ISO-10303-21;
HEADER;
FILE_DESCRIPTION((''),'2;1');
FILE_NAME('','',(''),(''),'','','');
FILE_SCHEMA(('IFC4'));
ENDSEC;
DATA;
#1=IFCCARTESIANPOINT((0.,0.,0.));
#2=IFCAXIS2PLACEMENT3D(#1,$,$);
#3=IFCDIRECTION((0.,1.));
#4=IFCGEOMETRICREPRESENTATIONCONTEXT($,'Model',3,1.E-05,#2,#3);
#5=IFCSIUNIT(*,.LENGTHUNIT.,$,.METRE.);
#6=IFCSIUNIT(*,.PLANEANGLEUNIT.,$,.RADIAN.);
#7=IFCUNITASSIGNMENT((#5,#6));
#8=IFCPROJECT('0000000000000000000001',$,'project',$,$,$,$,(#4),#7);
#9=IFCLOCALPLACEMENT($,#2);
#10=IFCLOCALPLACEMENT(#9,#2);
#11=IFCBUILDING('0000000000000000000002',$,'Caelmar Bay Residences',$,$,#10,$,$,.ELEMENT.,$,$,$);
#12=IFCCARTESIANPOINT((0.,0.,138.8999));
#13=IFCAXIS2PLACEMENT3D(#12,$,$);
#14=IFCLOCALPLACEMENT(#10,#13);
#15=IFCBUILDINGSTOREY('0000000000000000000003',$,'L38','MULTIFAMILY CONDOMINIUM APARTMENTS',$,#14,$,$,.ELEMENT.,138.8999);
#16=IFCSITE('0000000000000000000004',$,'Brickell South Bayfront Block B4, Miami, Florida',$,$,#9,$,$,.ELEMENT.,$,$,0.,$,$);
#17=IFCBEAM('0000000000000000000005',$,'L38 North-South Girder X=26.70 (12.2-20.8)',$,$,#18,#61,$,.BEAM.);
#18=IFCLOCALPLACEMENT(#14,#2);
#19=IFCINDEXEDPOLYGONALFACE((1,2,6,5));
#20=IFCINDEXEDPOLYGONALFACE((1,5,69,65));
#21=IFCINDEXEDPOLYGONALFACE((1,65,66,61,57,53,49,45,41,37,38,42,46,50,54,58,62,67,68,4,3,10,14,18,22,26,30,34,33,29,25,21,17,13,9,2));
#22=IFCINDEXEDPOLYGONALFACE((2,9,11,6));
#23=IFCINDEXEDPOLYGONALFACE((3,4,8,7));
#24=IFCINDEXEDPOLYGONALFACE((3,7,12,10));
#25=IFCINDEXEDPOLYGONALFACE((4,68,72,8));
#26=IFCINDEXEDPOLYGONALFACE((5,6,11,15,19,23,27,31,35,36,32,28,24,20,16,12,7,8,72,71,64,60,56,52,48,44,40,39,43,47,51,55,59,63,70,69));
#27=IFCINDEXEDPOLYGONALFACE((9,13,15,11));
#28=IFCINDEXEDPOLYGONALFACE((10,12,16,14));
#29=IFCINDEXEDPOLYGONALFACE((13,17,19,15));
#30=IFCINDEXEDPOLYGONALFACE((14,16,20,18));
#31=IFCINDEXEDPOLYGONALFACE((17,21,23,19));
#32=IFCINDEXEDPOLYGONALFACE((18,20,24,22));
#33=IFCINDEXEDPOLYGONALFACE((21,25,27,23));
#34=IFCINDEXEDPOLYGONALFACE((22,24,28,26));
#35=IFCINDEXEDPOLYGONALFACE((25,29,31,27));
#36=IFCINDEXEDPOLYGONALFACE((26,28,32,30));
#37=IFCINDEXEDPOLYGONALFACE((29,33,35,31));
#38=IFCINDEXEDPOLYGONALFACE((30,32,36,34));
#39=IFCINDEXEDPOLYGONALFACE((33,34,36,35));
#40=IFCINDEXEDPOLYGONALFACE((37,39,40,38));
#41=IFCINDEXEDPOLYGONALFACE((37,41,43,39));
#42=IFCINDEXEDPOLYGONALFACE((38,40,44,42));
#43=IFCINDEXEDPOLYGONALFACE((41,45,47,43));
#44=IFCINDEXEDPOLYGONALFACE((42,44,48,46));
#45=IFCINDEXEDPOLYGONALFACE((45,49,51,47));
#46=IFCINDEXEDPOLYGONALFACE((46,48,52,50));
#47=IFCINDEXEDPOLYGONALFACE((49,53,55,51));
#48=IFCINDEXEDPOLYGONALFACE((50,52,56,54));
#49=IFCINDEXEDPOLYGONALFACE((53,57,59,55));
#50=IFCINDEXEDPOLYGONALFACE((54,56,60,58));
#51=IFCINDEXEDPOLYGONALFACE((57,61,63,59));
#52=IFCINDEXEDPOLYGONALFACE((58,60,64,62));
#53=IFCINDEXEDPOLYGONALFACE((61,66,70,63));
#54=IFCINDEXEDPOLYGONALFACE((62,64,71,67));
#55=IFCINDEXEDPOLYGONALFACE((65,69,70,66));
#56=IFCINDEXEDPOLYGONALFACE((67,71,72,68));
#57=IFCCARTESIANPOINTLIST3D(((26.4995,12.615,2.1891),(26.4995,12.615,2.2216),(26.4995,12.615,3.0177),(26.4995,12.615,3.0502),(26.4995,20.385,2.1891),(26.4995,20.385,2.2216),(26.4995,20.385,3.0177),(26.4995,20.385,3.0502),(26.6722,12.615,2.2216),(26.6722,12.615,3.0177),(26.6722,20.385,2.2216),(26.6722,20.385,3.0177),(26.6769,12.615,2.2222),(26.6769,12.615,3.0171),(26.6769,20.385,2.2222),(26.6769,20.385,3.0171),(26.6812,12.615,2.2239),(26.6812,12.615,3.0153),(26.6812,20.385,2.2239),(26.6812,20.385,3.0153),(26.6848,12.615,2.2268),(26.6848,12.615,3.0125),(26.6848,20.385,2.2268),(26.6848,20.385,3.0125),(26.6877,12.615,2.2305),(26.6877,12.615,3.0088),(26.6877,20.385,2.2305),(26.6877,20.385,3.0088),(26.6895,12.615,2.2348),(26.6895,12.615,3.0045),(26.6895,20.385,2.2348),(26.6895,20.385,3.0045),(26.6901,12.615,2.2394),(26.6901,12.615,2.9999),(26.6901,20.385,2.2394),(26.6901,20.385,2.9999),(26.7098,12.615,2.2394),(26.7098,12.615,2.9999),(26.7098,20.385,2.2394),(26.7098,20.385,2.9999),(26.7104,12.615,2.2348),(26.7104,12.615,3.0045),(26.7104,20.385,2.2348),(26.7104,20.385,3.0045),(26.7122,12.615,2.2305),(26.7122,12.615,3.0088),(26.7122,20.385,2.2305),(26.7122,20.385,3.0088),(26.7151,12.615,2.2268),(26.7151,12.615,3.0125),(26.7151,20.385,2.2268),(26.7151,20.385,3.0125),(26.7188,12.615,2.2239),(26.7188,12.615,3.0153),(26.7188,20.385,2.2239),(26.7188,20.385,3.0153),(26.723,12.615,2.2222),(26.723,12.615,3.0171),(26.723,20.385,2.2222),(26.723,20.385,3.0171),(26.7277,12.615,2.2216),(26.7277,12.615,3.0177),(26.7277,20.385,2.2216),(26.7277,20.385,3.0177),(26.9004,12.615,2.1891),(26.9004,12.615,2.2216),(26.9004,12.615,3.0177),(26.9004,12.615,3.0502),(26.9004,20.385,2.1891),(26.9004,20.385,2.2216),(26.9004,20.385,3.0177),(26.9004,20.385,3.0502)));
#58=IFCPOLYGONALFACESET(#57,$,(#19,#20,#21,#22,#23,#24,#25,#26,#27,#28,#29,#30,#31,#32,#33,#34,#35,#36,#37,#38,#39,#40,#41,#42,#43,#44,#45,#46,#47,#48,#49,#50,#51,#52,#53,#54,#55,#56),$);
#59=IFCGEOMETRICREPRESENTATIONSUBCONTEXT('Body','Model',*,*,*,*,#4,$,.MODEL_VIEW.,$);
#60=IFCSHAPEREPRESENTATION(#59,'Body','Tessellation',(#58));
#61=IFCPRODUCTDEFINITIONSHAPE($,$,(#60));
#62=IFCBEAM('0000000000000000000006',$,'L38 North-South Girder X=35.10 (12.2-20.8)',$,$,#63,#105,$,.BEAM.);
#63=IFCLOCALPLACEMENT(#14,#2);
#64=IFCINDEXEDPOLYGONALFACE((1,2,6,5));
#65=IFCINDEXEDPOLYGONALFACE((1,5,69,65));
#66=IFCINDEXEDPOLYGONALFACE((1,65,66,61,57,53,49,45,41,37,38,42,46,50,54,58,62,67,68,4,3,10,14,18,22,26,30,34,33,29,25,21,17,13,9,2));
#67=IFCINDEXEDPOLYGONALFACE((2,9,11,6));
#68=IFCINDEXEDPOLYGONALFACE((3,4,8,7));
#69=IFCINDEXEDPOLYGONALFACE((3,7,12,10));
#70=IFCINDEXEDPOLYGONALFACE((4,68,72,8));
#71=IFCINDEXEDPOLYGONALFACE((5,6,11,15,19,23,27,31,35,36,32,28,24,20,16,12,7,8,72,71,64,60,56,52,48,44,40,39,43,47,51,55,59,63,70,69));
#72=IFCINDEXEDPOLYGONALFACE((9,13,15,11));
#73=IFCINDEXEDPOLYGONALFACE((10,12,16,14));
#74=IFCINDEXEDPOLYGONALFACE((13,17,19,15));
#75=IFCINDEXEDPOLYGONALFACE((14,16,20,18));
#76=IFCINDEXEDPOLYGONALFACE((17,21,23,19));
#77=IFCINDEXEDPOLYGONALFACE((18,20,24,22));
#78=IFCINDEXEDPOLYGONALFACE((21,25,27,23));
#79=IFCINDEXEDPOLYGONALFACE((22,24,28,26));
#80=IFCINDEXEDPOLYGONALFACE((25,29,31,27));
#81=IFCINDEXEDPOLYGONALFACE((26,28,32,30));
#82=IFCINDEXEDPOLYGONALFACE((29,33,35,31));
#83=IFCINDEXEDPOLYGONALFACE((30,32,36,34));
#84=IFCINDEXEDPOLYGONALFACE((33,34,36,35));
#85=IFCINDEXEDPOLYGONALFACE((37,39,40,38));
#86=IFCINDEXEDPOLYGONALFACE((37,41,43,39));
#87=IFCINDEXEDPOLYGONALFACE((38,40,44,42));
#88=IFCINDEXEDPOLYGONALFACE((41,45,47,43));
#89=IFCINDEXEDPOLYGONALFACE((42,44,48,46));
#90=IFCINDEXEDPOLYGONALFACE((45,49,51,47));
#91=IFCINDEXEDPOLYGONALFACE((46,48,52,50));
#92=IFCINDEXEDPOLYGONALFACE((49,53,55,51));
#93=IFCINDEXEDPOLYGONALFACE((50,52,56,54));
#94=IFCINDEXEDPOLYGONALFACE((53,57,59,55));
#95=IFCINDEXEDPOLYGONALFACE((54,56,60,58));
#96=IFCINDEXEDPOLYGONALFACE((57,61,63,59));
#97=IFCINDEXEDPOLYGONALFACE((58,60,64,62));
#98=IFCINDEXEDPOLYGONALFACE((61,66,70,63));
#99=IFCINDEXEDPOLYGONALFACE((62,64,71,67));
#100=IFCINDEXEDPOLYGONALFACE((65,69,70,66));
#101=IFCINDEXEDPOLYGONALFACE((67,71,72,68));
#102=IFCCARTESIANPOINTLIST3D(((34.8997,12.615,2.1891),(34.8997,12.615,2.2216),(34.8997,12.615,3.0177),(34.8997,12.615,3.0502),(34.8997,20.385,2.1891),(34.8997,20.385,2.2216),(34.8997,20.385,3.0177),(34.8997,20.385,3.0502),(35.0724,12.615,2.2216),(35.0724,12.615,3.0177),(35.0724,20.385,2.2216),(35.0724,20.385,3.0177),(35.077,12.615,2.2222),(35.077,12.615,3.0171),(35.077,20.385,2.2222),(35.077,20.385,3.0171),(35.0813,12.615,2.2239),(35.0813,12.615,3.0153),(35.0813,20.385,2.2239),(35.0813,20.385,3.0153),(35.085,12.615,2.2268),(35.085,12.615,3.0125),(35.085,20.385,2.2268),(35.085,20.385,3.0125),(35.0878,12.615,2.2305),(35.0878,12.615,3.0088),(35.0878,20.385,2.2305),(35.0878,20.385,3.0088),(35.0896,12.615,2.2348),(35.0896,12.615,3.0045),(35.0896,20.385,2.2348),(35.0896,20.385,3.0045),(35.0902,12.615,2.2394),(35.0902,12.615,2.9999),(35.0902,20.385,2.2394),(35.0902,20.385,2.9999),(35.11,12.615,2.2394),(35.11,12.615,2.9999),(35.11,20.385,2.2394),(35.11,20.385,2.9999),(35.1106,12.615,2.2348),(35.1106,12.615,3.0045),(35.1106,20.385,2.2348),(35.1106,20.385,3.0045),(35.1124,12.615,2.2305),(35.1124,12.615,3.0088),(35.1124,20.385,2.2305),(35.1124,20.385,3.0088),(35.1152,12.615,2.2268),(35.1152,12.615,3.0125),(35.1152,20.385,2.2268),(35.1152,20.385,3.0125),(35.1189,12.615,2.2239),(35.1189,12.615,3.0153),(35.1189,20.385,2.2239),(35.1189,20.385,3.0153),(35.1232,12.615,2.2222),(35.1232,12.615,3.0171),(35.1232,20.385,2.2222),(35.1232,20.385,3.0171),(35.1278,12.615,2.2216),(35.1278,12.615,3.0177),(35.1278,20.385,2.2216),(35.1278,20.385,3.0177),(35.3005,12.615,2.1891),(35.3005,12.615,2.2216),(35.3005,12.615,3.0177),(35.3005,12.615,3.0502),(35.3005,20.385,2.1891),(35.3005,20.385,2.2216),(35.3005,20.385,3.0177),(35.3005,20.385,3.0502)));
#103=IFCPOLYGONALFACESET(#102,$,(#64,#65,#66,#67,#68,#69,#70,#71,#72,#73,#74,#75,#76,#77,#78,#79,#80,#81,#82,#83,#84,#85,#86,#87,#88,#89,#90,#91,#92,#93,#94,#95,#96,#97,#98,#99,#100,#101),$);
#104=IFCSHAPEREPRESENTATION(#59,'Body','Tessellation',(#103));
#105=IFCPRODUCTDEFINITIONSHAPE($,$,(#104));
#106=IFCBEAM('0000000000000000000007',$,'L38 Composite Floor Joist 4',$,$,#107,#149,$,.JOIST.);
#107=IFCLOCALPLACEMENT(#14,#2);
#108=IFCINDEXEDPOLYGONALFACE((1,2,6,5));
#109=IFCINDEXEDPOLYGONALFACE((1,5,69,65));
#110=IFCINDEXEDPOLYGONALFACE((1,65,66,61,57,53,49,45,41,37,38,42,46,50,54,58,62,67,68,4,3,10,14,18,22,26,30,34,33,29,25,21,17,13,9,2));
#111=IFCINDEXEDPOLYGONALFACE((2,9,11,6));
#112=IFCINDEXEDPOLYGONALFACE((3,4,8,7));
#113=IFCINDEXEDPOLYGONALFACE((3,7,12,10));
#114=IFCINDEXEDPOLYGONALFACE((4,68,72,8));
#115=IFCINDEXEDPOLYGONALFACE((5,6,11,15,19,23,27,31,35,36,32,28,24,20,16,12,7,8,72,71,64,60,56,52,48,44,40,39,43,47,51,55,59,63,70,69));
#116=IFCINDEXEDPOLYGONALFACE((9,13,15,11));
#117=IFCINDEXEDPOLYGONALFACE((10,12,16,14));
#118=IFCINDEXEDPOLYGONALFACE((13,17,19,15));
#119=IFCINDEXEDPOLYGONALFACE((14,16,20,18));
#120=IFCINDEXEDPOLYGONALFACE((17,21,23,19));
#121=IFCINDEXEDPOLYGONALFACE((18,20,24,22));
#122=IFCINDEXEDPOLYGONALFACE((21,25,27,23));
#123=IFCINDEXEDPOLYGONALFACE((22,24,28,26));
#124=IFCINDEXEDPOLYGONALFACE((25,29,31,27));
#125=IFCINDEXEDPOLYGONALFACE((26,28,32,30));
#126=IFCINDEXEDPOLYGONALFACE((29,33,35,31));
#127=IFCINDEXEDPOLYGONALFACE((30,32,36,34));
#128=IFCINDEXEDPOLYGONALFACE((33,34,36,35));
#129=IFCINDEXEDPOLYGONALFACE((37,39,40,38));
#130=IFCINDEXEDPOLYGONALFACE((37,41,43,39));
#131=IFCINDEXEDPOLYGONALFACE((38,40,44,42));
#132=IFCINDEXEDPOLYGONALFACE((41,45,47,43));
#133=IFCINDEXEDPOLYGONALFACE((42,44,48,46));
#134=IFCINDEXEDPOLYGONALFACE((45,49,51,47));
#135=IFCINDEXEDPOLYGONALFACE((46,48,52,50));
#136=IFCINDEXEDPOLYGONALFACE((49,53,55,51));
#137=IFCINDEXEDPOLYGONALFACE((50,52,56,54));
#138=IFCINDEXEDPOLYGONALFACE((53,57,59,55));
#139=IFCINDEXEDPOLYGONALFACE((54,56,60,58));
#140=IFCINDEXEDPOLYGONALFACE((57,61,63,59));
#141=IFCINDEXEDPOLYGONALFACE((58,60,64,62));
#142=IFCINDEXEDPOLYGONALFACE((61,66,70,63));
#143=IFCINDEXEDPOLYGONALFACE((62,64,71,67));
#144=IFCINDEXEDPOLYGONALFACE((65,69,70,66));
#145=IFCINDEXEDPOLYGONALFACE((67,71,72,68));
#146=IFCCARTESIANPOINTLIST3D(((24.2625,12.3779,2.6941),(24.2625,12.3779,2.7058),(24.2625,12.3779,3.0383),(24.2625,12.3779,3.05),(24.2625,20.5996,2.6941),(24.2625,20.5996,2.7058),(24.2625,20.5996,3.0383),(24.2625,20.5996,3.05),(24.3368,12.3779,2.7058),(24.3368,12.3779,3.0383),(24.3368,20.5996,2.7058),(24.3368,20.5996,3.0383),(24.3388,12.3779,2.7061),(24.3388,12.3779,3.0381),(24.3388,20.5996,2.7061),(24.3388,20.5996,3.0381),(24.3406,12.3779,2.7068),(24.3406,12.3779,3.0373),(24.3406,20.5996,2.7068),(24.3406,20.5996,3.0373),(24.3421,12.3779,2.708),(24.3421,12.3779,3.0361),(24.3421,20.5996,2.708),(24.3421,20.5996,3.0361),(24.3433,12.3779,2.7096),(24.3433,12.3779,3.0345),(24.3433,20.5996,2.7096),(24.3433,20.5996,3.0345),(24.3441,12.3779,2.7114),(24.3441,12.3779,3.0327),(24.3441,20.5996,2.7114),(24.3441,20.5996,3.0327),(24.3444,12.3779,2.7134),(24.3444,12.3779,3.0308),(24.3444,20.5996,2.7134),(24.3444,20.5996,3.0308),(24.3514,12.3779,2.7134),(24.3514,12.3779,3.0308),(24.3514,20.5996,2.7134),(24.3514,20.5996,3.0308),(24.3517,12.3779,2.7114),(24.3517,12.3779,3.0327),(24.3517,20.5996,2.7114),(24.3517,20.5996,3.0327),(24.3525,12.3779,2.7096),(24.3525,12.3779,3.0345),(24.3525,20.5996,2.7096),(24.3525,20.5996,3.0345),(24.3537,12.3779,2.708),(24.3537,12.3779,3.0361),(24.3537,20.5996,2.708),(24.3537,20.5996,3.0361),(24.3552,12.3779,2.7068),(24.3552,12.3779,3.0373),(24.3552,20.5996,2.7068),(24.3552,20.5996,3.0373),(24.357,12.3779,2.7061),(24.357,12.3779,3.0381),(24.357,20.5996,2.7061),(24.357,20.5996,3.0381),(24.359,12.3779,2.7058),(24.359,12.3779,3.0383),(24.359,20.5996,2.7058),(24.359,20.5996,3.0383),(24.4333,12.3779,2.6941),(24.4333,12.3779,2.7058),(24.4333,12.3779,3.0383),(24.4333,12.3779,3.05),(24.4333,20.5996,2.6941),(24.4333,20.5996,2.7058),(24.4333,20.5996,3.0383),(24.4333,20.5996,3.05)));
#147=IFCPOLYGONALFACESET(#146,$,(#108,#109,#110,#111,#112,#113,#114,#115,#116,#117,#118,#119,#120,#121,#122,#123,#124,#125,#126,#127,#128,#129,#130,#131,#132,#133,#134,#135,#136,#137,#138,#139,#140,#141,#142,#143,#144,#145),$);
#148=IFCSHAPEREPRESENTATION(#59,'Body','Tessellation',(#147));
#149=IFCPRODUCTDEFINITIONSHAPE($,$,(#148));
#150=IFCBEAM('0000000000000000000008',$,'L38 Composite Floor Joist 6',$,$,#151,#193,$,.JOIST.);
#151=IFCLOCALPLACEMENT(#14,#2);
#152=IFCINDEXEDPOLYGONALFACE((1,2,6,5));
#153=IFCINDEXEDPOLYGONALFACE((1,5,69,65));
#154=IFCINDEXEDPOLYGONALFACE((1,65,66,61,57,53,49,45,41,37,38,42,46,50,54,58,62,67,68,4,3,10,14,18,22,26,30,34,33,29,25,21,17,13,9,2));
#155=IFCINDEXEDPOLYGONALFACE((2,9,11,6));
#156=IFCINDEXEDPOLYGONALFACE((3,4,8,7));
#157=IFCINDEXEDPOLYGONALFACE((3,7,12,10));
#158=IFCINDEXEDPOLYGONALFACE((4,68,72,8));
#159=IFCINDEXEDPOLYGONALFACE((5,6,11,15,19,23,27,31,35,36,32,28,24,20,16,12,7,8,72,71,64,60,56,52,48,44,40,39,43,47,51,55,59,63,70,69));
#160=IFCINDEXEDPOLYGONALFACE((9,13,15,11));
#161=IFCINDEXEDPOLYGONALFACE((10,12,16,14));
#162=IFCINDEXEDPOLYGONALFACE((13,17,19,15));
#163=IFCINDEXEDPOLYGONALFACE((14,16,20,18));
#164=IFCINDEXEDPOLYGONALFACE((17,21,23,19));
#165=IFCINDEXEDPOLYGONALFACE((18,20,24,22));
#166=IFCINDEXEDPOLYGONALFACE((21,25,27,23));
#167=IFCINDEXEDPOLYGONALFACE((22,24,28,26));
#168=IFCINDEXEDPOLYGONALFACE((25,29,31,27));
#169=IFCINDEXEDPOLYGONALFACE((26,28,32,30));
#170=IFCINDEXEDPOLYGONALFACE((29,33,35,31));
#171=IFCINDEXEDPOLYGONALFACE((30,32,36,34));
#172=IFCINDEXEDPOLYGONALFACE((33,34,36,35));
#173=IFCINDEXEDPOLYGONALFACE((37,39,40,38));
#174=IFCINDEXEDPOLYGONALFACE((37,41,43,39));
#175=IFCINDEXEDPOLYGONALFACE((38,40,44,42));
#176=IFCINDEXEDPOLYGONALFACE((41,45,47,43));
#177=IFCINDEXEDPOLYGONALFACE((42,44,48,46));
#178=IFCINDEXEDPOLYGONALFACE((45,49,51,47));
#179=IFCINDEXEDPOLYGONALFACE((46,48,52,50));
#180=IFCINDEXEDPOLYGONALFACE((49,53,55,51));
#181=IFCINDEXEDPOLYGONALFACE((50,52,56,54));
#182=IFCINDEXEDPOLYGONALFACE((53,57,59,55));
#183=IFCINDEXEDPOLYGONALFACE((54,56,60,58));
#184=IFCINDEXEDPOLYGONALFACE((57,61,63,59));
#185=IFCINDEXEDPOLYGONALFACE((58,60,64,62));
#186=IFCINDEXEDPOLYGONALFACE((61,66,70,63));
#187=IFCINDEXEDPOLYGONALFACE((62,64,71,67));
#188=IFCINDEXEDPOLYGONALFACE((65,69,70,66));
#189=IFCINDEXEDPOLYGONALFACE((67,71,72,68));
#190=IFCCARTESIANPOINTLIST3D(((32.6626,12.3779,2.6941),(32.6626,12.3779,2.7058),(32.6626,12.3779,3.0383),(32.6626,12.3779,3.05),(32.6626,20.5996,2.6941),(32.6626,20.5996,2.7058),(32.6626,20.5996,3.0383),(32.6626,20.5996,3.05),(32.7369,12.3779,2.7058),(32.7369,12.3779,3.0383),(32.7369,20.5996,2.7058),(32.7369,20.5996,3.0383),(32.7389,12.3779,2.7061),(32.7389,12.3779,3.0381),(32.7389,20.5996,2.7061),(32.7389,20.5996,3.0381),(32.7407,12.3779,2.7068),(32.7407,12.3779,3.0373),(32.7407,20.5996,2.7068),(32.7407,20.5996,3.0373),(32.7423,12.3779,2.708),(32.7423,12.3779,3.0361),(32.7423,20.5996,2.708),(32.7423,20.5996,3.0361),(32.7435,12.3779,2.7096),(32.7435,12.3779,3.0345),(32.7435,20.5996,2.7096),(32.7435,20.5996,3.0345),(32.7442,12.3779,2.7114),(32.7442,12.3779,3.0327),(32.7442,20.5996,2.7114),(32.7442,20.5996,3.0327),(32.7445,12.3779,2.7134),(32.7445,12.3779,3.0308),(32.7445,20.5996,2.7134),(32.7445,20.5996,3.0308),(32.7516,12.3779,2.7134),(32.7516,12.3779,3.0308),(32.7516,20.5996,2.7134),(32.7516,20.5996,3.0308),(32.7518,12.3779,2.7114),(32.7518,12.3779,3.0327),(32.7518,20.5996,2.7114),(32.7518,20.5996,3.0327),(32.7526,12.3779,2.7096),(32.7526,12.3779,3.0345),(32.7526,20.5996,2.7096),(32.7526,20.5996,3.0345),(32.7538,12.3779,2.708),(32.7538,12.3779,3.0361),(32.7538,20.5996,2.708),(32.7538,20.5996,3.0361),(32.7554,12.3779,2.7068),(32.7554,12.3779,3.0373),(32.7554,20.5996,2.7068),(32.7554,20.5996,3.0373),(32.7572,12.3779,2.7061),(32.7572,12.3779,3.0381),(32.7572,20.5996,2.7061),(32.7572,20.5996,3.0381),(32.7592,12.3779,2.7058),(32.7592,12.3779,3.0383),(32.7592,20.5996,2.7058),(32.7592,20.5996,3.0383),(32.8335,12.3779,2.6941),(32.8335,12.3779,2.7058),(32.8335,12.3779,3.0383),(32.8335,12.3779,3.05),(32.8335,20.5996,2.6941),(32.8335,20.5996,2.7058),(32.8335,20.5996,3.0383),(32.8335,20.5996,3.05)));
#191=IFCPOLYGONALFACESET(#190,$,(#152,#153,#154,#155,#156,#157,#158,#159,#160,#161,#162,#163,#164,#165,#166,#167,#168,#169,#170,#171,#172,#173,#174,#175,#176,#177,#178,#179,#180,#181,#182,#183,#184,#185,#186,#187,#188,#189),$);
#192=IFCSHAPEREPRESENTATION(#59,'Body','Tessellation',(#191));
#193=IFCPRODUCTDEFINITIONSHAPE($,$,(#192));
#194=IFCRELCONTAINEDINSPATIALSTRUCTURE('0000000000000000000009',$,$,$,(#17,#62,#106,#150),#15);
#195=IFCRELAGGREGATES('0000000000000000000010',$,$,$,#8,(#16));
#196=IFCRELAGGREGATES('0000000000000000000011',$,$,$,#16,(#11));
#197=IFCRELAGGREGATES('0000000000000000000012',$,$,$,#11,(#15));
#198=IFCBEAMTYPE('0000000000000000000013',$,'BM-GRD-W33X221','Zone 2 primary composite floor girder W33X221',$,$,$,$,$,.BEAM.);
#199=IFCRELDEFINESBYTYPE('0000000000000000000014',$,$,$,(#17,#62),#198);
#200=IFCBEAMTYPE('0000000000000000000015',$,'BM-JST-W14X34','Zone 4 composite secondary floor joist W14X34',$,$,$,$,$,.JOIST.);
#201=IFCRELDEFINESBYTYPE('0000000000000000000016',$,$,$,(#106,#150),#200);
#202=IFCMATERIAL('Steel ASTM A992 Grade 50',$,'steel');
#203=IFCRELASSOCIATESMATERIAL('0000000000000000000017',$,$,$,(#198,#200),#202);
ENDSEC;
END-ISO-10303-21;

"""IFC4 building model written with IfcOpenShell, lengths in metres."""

from ifc_helpers import new_model, si_unit, direction, frame, origin, origin_2d, place, context, subcontext, project, spatial, i_section, extrude, material, material_profile, profile_set, type_object, element, save


model = new_model("IFC4")

# Units and contexts
model_context = context("Model", 3, precision=1e-05, world=origin(), true_north=direction((0.0, 1.0)))
body_context = subcontext(model_context, "Body", "Model", "MODEL_VIEW")
ifc_project = project(units=[si_unit("LENGTHUNIT", "METRE"), si_unit("PLANEANGLEUNIT", "RADIAN")], contexts=[model_context])

# Site, building, storey
site_placement = place(None, origin())
site = spatial("IfcSite", under=ifc_project, at=site_placement, Name="Brickell South Bayfront Block B4, Miami, Florida", CompositionType="ELEMENT", RefElevation=0.0)
building_placement = place(site_placement, origin())
building = spatial("IfcBuilding", under=site, at=building_placement, Name="Caelmar Bay Residences", CompositionType="ELEMENT")
storey_placement = place(building_placement, frame((0.0, 0.0, 138.8999)))
storey = spatial("IfcBuildingStorey", under=building, at=storey_placement, Name="L38", Description="MULTIFAMILY CONDOMINIUM APARTMENTS", CompositionType="ELEMENT", Elevation=138.8999)

# Beams
ifc_material_1 = material(Name="Steel ASTM A992 Grade 50", Category="steel")
ifc_material_profile_1 = material_profile(ifc_material_1, i_section(OverallWidth=0.4009, OverallDepth=0.8611, WebThickness=0.0198, FlangeThickness=0.0325, FilletRadius=0.0178, at=origin_2d()), Name="W33X221")
ifc_profile_set_1 = profile_set([ifc_material_profile_1], Name="Steel ASTM A992 Grade 50")
beam_type_1 = type_object("IfcBeamType", Name="BM-GRD-W33X221", Description="Zone 2 primary composite floor girder W33X221", PredefinedType="BEAM", material=ifc_profile_set_1)
for number, where, z_axis, x_axis, name in (
    (1, (26.7, 12.615, 2.6196), (0.0, 1.0, 0.0), (-1.0, 0.0, 0.0), "L38 North-South Girder X=26.70 (12.2-20.8)"),
    (2, (35.1001, 12.615, 2.6196), (0.0, 1.0, 0.0), (-1.0, 0.0, 0.0), "L38 North-South Girder X=35.10 (12.2-20.8)"),
):
    element("IfcBeam", number, at=place(storey_placement, frame(where, z_axis=z_axis, x_axis=x_axis)), inside=storey, type_object=beam_type_1, Name=name, PredefinedType="BEAM", context=body_context, shape_type="SweptSolid", body=[
        extrude(i_section(OverallWidth=0.4009, OverallDepth=0.8611, WebThickness=0.0198, FlangeThickness=0.0325, FilletRadius=0.0178, at=origin_2d()), origin(), (0.0, 0.0, 1.0), 7.77),
    ])
ifc_material_profile_2 = material_profile(ifc_material_1, i_section(OverallWidth=0.1709, OverallDepth=0.356, WebThickness=0.0071, FlangeThickness=0.0117, FilletRadius=0.0076, at=origin_2d()), Name="W14X34")
ifc_profile_set_2 = profile_set([ifc_material_profile_2], Name="Steel ASTM A992 Grade 50")
beam_type_2 = type_object("IfcBeamType", Name="BM-JST-W14X34", Description="Zone 4 composite secondary floor joist W14X34", PredefinedType="JOIST", material=ifc_profile_set_2)
for number, where, z_axis, x_axis, name in (
    (3, (24.3479, 12.3779, 2.8721), (0.0, 1.0, 0.0), (-1.0, 0.0, 0.0), "L38 Composite Floor Joist 4"),
    (4, (32.748, 12.3779, 2.8721), (0.0, 1.0, 0.0), (-1.0, 0.0, 0.0), "L38 Composite Floor Joist 6"),
):
    element("IfcBeam", number, at=place(storey_placement, frame(where, z_axis=z_axis, x_axis=x_axis)), inside=storey, type_object=beam_type_2, Name=name, PredefinedType="JOIST", context=body_context, shape_type="SweptSolid", body=[
        extrude(i_section(OverallWidth=0.1709, OverallDepth=0.356, WebThickness=0.0071, FlangeThickness=0.0117, FilletRadius=0.0076, at=origin_2d()), origin(), (0.0, 0.0, 1.0), 8.2217),
    ])

save(model, "model.ifc")
